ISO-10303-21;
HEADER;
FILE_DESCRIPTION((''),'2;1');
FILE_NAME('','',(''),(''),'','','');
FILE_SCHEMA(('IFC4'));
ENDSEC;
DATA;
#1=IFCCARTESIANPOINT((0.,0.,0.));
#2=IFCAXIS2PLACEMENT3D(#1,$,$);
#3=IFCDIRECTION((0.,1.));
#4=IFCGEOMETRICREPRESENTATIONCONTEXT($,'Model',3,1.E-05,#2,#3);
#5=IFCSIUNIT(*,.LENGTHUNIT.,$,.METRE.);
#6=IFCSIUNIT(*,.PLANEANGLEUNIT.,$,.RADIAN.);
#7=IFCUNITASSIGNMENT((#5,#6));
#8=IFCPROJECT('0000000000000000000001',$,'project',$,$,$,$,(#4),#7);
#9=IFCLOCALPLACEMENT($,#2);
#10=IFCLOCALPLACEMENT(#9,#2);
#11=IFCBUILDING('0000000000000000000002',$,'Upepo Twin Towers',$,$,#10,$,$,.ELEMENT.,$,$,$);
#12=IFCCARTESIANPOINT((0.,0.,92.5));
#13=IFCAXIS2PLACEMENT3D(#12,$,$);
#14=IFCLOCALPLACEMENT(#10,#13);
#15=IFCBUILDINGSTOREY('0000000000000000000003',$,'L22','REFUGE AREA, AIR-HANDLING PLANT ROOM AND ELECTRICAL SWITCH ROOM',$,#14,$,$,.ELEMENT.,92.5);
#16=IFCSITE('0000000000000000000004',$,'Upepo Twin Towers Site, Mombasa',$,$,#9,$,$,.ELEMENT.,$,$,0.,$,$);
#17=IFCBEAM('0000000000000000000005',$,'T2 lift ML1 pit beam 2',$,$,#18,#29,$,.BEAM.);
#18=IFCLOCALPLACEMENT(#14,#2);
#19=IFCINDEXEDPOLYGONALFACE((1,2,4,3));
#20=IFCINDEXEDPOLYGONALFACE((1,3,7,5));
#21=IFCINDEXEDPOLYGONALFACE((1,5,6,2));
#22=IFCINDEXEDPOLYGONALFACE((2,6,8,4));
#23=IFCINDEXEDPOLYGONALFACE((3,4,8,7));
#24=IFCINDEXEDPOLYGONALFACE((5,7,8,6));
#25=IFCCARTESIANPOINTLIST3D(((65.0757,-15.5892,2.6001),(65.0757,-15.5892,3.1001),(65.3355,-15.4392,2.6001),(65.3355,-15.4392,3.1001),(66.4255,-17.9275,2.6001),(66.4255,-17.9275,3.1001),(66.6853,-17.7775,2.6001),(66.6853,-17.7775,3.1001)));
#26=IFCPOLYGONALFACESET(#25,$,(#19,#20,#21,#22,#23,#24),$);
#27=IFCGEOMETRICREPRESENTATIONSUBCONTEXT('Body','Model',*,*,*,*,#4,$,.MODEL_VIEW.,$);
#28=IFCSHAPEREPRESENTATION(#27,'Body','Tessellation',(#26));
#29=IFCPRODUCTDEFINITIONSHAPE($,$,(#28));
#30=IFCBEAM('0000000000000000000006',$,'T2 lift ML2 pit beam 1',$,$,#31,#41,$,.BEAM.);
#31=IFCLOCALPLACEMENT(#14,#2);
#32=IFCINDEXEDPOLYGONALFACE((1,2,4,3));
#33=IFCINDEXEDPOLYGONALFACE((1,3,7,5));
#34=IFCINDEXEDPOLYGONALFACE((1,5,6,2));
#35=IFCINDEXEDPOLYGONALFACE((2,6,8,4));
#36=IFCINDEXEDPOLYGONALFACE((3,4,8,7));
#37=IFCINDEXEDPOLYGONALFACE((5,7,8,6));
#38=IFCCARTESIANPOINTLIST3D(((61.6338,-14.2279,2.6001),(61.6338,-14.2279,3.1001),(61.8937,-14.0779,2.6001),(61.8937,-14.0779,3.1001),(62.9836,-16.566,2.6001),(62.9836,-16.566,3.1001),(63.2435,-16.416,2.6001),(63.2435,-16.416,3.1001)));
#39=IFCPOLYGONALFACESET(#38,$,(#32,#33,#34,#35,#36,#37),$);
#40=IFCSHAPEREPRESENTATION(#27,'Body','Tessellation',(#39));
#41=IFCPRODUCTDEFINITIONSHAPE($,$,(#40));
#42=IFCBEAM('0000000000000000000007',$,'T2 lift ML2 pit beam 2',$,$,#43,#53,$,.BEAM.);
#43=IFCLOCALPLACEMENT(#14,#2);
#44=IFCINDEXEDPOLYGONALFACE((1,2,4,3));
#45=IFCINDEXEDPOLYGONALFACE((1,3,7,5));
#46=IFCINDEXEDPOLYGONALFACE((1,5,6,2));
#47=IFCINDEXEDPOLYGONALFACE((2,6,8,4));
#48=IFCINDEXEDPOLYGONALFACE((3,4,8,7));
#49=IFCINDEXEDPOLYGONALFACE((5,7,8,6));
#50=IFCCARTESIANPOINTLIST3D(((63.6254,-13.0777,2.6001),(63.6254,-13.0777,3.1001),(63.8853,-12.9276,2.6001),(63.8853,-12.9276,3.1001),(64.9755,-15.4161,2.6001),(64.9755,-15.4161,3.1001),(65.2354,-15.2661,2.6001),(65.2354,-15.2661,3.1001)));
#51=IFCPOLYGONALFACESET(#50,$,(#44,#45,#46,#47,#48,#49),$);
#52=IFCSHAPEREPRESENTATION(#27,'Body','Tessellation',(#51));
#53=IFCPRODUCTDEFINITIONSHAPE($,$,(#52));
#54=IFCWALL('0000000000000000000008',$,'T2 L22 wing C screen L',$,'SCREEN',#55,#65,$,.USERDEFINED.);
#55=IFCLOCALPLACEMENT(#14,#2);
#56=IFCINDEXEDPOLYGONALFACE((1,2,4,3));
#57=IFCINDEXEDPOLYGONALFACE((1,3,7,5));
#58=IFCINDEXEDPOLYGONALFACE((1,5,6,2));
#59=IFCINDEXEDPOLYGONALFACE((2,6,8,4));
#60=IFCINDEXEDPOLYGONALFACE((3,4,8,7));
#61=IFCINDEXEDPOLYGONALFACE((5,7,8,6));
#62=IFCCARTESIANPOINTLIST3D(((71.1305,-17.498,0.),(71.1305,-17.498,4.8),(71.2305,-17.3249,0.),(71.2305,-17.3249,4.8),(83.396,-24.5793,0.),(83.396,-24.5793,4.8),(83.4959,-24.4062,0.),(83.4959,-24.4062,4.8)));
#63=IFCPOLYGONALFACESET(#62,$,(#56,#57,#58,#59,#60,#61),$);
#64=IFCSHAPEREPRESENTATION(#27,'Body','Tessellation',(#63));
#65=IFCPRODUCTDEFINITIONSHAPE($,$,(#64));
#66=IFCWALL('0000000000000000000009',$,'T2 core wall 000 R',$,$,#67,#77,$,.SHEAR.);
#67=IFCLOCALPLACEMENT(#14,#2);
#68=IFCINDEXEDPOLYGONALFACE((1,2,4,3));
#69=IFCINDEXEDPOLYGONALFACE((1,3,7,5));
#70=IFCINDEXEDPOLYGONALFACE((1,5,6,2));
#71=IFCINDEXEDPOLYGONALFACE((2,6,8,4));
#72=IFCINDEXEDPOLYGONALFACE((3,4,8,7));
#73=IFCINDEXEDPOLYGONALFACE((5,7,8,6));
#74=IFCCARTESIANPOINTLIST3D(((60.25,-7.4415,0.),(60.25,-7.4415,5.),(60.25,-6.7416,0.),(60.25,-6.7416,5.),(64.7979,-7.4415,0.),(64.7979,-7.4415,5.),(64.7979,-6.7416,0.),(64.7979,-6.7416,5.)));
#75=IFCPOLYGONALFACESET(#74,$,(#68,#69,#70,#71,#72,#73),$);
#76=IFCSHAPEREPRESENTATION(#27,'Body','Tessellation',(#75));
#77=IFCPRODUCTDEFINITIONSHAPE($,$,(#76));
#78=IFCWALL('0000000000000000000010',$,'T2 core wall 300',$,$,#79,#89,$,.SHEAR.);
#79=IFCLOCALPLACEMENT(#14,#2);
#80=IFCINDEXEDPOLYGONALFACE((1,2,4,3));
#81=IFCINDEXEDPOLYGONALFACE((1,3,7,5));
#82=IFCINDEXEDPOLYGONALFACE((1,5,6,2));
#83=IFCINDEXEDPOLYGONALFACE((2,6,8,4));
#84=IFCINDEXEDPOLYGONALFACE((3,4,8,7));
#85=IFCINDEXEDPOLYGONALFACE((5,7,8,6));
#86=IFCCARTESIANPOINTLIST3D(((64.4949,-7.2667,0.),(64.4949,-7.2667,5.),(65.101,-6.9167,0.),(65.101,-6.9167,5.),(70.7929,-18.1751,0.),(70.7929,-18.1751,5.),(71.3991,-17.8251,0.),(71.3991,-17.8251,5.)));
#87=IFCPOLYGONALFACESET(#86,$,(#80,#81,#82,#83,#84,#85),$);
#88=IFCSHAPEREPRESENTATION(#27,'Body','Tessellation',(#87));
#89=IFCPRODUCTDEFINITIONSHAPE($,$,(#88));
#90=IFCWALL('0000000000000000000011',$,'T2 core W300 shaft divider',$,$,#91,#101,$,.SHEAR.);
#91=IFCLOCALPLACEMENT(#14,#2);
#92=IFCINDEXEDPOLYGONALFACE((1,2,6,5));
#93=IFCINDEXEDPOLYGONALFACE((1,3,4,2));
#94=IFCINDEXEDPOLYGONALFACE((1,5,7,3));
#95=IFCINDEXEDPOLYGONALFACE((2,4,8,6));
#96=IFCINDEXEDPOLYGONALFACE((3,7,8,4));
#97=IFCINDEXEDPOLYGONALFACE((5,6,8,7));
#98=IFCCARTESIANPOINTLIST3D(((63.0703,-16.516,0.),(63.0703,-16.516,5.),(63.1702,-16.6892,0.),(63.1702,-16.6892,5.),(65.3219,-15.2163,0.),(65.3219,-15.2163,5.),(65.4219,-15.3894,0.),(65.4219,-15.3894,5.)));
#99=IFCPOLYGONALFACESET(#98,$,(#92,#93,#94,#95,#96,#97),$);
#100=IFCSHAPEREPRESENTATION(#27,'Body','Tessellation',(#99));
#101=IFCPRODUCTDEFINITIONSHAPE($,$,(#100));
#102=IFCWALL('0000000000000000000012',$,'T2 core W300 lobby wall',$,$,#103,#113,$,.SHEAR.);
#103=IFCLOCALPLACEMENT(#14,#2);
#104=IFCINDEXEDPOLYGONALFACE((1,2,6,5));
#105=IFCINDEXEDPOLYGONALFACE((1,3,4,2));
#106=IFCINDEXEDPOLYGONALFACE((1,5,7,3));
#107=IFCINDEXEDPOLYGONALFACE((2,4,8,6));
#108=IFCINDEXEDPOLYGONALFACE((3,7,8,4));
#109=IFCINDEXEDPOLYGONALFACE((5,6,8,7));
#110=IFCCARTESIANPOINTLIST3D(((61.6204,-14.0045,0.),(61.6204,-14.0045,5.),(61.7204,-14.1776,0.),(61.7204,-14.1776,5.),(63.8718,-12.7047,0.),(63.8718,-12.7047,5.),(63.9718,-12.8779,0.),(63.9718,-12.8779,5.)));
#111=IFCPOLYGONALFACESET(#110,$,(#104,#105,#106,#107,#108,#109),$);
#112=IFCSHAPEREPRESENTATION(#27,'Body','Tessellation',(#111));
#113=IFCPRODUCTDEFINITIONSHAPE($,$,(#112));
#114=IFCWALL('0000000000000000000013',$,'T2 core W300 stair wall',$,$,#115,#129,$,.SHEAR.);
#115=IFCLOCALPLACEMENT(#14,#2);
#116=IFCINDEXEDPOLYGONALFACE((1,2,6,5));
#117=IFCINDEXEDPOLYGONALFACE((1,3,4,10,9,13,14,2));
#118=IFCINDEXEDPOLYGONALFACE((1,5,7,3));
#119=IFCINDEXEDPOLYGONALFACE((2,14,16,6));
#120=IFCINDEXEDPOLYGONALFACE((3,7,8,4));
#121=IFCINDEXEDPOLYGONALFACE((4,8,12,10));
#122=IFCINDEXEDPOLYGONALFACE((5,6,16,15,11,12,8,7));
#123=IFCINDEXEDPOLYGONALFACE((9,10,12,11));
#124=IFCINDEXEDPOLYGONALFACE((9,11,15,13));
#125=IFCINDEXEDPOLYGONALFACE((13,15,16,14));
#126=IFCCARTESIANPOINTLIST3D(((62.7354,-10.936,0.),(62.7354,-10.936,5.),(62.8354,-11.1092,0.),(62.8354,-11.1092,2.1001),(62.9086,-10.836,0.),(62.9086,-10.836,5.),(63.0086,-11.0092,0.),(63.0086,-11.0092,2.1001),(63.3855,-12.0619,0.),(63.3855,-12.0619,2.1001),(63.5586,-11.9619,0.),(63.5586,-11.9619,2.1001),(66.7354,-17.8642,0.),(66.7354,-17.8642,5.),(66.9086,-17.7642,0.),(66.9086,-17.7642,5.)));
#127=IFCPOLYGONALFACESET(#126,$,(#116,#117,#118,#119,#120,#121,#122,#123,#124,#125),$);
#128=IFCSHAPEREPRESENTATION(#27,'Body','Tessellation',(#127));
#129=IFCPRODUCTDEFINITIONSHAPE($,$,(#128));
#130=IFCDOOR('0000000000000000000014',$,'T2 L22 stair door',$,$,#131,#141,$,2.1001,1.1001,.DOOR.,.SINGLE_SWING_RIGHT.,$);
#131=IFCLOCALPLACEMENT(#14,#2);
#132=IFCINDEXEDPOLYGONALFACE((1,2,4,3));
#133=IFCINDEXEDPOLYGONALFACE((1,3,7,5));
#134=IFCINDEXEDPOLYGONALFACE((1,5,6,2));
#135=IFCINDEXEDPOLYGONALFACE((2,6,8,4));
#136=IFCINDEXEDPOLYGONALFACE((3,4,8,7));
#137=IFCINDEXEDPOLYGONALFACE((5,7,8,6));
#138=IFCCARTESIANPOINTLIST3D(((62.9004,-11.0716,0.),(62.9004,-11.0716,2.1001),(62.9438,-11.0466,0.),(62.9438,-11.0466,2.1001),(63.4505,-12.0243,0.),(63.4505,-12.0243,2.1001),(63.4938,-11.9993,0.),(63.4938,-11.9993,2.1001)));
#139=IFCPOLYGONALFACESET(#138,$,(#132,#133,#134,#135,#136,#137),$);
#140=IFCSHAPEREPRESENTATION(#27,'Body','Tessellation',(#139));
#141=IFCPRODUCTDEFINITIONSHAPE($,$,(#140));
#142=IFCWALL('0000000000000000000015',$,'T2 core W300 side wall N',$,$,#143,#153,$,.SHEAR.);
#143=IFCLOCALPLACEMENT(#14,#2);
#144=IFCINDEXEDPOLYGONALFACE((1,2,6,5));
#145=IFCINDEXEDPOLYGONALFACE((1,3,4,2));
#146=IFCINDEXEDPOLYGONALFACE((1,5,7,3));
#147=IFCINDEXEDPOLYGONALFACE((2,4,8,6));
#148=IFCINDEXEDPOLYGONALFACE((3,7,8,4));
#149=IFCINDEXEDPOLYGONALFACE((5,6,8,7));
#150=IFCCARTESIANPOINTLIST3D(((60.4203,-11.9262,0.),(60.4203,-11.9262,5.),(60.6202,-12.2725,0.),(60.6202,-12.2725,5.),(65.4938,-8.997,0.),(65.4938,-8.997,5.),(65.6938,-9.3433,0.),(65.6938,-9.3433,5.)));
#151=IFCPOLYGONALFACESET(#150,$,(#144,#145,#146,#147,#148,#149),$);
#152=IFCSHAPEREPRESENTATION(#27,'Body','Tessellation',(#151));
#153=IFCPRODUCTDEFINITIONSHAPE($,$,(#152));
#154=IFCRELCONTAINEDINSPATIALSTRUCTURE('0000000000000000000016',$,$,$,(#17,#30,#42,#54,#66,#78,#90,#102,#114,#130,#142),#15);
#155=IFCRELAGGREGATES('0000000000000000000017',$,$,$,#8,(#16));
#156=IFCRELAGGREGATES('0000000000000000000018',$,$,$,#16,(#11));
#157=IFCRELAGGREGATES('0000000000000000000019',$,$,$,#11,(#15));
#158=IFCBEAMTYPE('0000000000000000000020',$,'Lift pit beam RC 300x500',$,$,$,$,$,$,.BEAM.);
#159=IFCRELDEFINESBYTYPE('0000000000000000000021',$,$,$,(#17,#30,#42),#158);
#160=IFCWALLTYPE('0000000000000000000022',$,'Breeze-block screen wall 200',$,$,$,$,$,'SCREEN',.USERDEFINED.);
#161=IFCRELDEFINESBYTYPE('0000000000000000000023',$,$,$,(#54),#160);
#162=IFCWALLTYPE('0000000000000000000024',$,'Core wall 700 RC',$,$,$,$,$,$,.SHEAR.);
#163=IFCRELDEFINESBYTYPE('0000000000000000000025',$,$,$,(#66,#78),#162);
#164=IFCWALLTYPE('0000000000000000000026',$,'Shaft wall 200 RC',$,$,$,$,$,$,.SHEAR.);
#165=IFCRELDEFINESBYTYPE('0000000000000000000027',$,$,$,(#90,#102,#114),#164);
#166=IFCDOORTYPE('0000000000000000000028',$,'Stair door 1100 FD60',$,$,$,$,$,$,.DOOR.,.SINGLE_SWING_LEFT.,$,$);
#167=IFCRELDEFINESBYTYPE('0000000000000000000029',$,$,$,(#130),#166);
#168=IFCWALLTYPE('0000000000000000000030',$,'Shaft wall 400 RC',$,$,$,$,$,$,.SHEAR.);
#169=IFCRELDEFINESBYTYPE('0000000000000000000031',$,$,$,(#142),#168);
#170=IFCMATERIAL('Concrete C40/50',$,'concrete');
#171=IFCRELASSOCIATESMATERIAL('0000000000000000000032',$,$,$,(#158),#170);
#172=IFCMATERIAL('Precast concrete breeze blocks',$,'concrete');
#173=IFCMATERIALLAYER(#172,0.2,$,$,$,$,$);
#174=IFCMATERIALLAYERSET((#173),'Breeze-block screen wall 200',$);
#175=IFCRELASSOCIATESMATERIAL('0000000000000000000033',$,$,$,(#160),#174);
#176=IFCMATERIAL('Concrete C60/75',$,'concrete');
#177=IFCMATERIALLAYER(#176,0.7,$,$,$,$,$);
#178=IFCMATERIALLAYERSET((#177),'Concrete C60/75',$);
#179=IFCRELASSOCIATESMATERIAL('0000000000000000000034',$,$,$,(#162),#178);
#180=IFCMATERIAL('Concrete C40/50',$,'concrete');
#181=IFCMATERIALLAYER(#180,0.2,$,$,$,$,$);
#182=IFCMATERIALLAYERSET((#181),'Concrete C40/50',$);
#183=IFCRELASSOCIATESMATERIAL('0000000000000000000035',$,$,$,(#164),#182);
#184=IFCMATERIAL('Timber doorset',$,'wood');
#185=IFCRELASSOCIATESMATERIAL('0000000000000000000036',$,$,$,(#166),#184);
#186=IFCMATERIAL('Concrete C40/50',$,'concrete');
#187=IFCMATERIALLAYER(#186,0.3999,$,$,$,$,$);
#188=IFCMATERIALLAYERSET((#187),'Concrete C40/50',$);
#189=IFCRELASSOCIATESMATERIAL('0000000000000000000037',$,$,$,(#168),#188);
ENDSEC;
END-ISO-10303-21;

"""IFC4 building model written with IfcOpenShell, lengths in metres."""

from ifc_helpers import new_model, si_unit, direction, frame, frame_2d, origin, origin_2d, place, context, subcontext, project, spatial, rectangle, extrude, material, layer, layer_set, material_profile, profile_set, type_object, element, fill, save


model = new_model("IFC4")

# Units and contexts
model_context = context("Model", 3, precision=1e-05, world=origin(), true_north=direction((0.0, 1.0)))
body_context = subcontext(model_context, "Body", "Model", "MODEL_VIEW")
ifc_project = project(units=[si_unit("LENGTHUNIT", "METRE"), si_unit("PLANEANGLEUNIT", "RADIAN")], contexts=[model_context])

# Site, building, storey
site_placement = place(None, origin())
site = spatial("IfcSite", under=ifc_project, at=site_placement, Name="Upepo Twin Towers Site, Mombasa", CompositionType="ELEMENT", RefElevation=0.0)
building_placement = place(site_placement, origin())
building = spatial("IfcBuilding", under=site, at=building_placement, Name="Upepo Twin Towers", CompositionType="ELEMENT")
storey_placement = place(building_placement, frame((0.0, 0.0, 92.5)))
storey = spatial("IfcBuildingStorey", under=building, at=storey_placement, Name="L22", Description="REFUGE AREA, AIR-HANDLING PLANT ROOM AND ELECTRICAL SWITCH ROOM", CompositionType="ELEMENT", Elevation=92.5)

# Beams
ifc_material_1 = material(Name="Concrete C40/50", Category="concrete")
ifc_material_profile = material_profile(ifc_material_1, rectangle(XDim=0.3, YDim=0.5, at=origin_2d()), Name="RC 300x500")
ifc_profile_set = profile_set([ifc_material_profile], Name="Concrete C40/50")
beam_type = type_object("IfcBeamType", Name="Lift pit beam RC 300x500", PredefinedType="BEAM", material=ifc_profile_set)
beam_1_placement = place(storey_placement, frame((66.5554, -17.8525, 2.8501), z_axis=(-0.499942, 0.866059, 0.0), x_axis=(-0.866059, -0.499942, 0.0)))
element("IfcBeam", 1, at=beam_1_placement, inside=storey, type_object=beam_type, Name="T2 lift ML1 pit beam 2", PredefinedType="BEAM", context=body_context, shape_type="SweptSolid", body=[
    extrude(rectangle(XDim=0.3, YDim=0.5, at=origin_2d()), origin(), (0.0, 0.0, 1.0), 2.7),
])
beam_2_placement = place(storey_placement, frame((63.1135, -16.491, 2.8501), z_axis=(-0.499981, 0.866037, 0.0), x_axis=(-0.866037, -0.499981, 0.0)))
element("IfcBeam", 2, at=beam_2_placement, inside=storey, type_object=beam_type, Name="T2 lift ML2 pit beam 1", PredefinedType="BEAM", context=body_context, shape_type="SweptSolid", body=[
    extrude(rectangle(XDim=0.3, YDim=0.5, at=origin_2d()), origin(), (0.0, 0.0, 1.0), 2.6997),
])
beam_3_placement = place(storey_placement, frame((65.1055, -15.3411, 2.8501), z_axis=(-0.500009, 0.86602, 0.0), x_axis=(-0.86602, -0.500009, 0.0)))
element("IfcBeam", 3, at=beam_3_placement, inside=storey, type_object=beam_type, Name="T2 lift ML2 pit beam 2", PredefinedType="BEAM", context=body_context, shape_type="SweptSolid", body=[
    extrude(rectangle(XDim=0.3, YDim=0.5, at=origin_2d()), origin(), (0.0, 0.0, 1.0), 2.7002),
])

# Walls
ifc_material_2 = material(Name="Precast concrete breeze blocks", Category="concrete")
ifc_layer_1 = layer(ifc_material_2, 0.2)
ifc_layer_set_1 = layer_set([ifc_layer_1], Name="Breeze-block screen wall 200")
wall_type_1 = type_object("IfcWallType", Name="Breeze-block screen wall 200", ElementType="SCREEN", PredefinedType="USERDEFINED", material=ifc_layer_set_1)
wall_1_placement = place(storey_placement, frame((71.1804, -17.4114, 0.0), z_axis=(0.0, 0.0, 1.0), x_axis=(0.866029, -0.499994, 0.0)))
element("IfcWall", 4, at=wall_1_placement, inside=storey, type_object=wall_type_1, Name="T2 L22 wing C screen L", ObjectType="SCREEN", PredefinedType="USERDEFINED", context=body_context, shape_type="SweptSolid", body=[
    extrude(rectangle(XDim=14.1628, YDim=0.2, at=frame_2d((7.0815, 0.0))), origin(), (0.0, 0.0, 1.0), 4.8),
])
ifc_material_3 = material(Name="Concrete C60/75", Category="concrete")
ifc_layer_2 = layer(ifc_material_3, 0.7)
ifc_layer_set_2 = layer_set([ifc_layer_2], Name="Concrete C60/75")
wall_type_2 = type_object("IfcWallType", Name="Core wall 700 RC", PredefinedType="SHEAR", material=ifc_layer_set_2)
wall_2_placement = place(storey_placement, frame((64.7979, -7.0916, 0.0), z_axis=(0.0, 0.0, 1.0), x_axis=(-1.0, 0.0, 0.0)))
element("IfcWall", 5, at=wall_2_placement, inside=storey, type_object=wall_type_2, Name="T2 core wall 000 R", PredefinedType="SHEAR", context=body_context, shape_type="SweptSolid", body=[
    extrude(rectangle(XDim=4.5479, YDim=0.7, at=frame_2d((2.2739, 0.0))), origin(), (0.0, 0.0, 1.0), 5.0),
])
wall_3_placement = place(storey_placement, frame((71.0959, -18.0, 0.0), z_axis=(0.0, 0.0, 1.0), x_axis=(-0.500006, 0.866022, 0.0)))
element("IfcWall", 6, at=wall_3_placement, inside=storey, type_object=wall_type_2, Name="T2 core wall 300", PredefinedType="SHEAR", context=body_context, shape_type="SweptSolid", body=[
    extrude(rectangle(XDim=12.5959, YDim=0.7, at=frame_2d((6.2979, 0.0))), origin(), (0.0, 0.0, 1.0), 5.0),
])
ifc_material_4 = material(Name="Concrete C40/50", Category="concrete")
ifc_layer_3 = layer(ifc_material_4, 0.2)
ifc_layer_set_3 = layer_set([ifc_layer_3], Name="Concrete C40/50")
wall_type_3 = type_object("IfcWallType", Name="Shaft wall 200 RC", PredefinedType="SHEAR", material=ifc_layer_set_3)
wall_4_placement = place(storey_placement, frame((63.1204, -16.6025, 0.0), z_axis=(0.0, 0.0, 1.0), x_axis=(0.866062, 0.499937, 0.0)))
element("IfcWall", 7, at=wall_4_placement, inside=storey, type_object=wall_type_3, Name="T2 core W300 shaft divider", PredefinedType="SHEAR", context=body_context, shape_type="SweptSolid", body=[
    extrude(rectangle(XDim=2.5999, YDim=0.2, at=frame_2d((1.2998, 0.0))), origin(), (0.0, 0.0, 1.0), 5.0),
])
wall_5_placement = place(storey_placement, frame((61.6704, -14.0911, 0.0), z_axis=(0.0, 0.0, 1.0), x_axis=(0.866039, 0.499977, 0.0)))
element("IfcWall", 8, at=wall_5_placement, inside=storey, type_object=wall_type_3, Name="T2 core W300 lobby wall", PredefinedType="SHEAR", context=body_context, shape_type="SweptSolid", body=[
    extrude(rectangle(XDim=2.5996, YDim=0.2, at=frame_2d((1.2998, 0.0))), origin(), (0.0, 0.0, 1.0), 5.0),
])

# Wall, opening, door
wall_6_placement = place(storey_placement, frame((66.822, -17.8142, 0.0), z_axis=(0.0, 0.0, 1.0), x_axis=(-0.499999, 0.866026, 0.0)))
wall_6 = element("IfcWall", 9, at=wall_6_placement, inside=storey, type_object=wall_type_3, Name="T2 core W300 stair wall", PredefinedType="SHEAR", context=body_context, shape_type="SweptSolid", body=[
    extrude(rectangle(XDim=8.0, YDim=0.2, at=frame_2d((4.0, 0.0))), origin(), (0.0, 0.0, 1.0), 5.0),
])
opening_placement = place(wall_6_placement, frame((6.7, 0.0, 0.0)))
opening = element("IfcOpeningElement", 10, at=opening_placement, cuts=wall_6, PredefinedType="OPENING", context=body_context, shape_type="SweptSolid", body=[
    extrude(rectangle(XDim=1.1001, YDim=2.1001, at=frame_2d((0.55, 1.05))), frame((0.0, 0.1099, 0.0), z_axis=(0.0, -1.0, 0.0), x_axis=(1.0, 0.0, 0.0)), (0.0, 0.0, 1.0), 0.22),
])
ifc_material_5 = material(Name="Timber doorset", Category="wood")
door_type = type_object("IfcDoorType", Name="Stair door 1100 FD60", OperationType="SINGLE_SWING_LEFT", PredefinedType="DOOR", material=ifc_material_5)
door_placement = place(opening_placement, origin())
door = element("IfcDoor", 11, at=door_placement, inside=storey, type_object=door_type, Name="T2 L22 stair door", OperationType="SINGLE_SWING_RIGHT", OverallHeight=2.1001, OverallWidth=1.1001, PredefinedType="DOOR", context=body_context, shape_type="SweptSolid", body=[
    extrude(rectangle(XDim=1.1001, YDim=2.1001, at=frame_2d((0.55, 1.05))), frame((0.0, 0.0249, 0.0), z_axis=(0.0, -1.0, 0.0), x_axis=(1.0, 0.0, 0.0)), (0.0, 0.0, 1.0), 0.05),
])
fill(opening, door)

# Wall
ifc_material_6 = material(Name="Concrete C40/50", Category="concrete")
ifc_layer_4 = layer(ifc_material_6, 0.3999)
ifc_layer_set_4 = layer_set([ifc_layer_4], Name="Concrete C40/50")
wall_type_4 = type_object("IfcWallType", Name="Shaft wall 400 RC", PredefinedType="SHEAR", material=ifc_layer_set_4)
wall_7_placement = place(storey_placement, frame((60.5203, -12.0994, 0.0), z_axis=(0.0, 0.0, 1.0), x_axis=(0.866024, 0.500003, 0.0)))
element("IfcWall", 12, at=wall_7_placement, inside=storey, type_object=wall_type_4, Name="T2 core W300 side wall N", PredefinedType="SHEAR", context=body_context, shape_type="SweptSolid", body=[
    extrude(rectangle(XDim=5.8584, YDim=0.3999, at=frame_2d((2.9292, 0.0))), origin(), (0.0, 0.0, 1.0), 5.0),
])

save(model, "model.ifc")
